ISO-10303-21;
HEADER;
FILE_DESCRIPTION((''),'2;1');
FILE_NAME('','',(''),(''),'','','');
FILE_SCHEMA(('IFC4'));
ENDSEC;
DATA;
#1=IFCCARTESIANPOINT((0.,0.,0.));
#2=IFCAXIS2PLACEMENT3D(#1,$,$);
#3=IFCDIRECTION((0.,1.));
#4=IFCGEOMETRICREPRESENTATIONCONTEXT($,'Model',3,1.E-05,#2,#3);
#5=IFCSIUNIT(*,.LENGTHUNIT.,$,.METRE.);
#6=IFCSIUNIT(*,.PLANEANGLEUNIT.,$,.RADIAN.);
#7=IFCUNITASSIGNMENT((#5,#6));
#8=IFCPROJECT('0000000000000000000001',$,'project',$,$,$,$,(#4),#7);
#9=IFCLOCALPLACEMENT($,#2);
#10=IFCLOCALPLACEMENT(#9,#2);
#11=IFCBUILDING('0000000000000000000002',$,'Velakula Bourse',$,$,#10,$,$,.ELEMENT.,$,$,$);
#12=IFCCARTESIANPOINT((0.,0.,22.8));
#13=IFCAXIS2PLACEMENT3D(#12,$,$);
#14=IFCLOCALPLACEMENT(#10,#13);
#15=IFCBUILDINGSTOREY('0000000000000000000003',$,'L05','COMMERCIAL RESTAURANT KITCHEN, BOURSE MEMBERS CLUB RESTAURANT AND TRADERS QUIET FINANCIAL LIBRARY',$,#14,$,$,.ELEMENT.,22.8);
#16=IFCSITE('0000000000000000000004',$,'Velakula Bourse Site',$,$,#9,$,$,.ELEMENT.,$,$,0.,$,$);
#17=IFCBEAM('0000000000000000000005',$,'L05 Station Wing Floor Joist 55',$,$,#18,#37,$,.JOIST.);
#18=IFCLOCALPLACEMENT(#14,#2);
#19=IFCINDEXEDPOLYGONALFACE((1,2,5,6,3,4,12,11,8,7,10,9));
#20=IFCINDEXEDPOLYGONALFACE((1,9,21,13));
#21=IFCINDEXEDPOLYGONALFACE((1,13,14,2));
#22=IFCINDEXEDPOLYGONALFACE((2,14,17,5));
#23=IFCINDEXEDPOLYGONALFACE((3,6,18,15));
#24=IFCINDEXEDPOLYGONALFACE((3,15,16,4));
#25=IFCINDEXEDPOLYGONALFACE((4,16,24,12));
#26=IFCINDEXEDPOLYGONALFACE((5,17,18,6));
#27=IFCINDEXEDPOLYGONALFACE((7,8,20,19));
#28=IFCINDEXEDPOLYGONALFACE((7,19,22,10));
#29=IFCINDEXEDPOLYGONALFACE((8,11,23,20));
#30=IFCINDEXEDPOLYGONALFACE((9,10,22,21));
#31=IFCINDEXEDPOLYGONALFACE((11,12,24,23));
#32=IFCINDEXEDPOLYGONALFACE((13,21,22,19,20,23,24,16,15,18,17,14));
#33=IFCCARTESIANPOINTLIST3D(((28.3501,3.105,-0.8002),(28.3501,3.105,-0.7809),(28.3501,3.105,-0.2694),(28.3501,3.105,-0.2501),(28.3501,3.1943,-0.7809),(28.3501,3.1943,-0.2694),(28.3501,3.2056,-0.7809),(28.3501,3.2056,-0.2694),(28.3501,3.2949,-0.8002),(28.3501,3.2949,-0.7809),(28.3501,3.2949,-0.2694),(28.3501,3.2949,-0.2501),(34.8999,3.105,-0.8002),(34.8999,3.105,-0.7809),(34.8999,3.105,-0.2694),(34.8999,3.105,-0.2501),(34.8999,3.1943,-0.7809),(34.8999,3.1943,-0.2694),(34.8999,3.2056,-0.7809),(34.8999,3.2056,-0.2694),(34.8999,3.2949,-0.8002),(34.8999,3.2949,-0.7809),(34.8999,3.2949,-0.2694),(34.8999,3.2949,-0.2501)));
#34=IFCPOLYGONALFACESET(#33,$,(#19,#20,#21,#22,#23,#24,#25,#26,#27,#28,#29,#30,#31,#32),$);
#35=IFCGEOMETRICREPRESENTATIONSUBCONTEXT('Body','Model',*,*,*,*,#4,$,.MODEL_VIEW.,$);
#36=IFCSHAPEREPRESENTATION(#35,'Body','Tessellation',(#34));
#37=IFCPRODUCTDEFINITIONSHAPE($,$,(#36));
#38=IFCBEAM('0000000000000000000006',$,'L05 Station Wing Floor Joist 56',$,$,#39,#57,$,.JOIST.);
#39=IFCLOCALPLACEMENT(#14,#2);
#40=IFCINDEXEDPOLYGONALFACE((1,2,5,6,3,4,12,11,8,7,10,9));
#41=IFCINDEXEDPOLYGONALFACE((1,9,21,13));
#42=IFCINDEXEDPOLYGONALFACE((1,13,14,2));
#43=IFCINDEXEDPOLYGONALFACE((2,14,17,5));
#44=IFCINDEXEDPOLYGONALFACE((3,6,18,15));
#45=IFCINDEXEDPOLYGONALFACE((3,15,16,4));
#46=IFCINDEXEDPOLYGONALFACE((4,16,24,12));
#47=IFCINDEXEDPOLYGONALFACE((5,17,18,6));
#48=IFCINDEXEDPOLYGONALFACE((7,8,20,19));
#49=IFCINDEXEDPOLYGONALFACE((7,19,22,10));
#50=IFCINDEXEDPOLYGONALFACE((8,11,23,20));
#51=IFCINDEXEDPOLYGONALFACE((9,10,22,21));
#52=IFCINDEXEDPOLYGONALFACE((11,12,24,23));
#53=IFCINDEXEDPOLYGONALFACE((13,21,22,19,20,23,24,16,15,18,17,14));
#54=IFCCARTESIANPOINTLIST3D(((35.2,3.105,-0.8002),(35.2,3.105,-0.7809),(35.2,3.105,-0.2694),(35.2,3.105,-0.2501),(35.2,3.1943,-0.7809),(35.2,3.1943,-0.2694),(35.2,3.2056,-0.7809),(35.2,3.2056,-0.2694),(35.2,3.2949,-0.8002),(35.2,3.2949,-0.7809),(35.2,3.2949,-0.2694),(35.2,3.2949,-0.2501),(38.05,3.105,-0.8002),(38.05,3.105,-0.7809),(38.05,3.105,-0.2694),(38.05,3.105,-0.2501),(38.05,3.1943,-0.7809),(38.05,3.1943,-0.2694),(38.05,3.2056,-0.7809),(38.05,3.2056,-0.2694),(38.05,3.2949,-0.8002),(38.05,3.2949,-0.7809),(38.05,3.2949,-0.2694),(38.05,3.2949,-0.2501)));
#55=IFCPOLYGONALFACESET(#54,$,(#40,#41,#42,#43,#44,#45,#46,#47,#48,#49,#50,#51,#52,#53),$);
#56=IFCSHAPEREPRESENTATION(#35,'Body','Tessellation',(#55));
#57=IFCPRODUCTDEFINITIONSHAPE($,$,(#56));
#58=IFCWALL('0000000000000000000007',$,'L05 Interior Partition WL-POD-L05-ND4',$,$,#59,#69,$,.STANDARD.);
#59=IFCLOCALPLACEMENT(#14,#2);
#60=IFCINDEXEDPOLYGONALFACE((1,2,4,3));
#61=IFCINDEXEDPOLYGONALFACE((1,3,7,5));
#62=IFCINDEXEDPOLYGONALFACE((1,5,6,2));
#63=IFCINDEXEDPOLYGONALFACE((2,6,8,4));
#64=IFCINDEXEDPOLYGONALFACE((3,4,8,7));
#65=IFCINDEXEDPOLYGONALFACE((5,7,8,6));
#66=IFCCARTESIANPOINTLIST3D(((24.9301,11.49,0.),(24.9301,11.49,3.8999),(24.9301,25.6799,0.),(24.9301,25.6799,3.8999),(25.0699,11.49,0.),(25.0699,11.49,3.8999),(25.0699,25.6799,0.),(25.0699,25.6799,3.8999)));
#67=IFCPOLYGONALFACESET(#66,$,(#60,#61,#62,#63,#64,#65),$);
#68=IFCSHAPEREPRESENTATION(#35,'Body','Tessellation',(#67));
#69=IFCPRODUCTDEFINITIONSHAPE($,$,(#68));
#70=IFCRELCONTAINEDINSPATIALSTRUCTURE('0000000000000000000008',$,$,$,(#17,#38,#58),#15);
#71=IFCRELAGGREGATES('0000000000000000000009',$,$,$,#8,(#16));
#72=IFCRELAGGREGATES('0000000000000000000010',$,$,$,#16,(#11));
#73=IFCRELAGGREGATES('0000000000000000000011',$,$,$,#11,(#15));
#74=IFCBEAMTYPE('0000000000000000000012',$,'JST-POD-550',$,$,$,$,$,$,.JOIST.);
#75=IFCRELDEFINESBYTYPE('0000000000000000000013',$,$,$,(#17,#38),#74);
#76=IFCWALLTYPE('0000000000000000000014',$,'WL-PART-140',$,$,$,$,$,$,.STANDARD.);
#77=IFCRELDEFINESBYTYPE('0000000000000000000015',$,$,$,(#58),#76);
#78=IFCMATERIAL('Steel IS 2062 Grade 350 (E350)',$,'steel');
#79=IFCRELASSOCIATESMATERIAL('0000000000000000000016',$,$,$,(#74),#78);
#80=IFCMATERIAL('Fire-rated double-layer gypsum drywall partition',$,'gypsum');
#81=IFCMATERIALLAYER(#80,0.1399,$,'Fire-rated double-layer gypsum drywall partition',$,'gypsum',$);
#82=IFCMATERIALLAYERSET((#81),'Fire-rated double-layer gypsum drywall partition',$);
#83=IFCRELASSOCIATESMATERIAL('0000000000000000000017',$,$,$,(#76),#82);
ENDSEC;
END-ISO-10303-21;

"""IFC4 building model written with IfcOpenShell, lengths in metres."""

from ifc_helpers import new_model, si_unit, direction, frame, frame_2d, origin, origin_2d, place, context, subcontext, project, spatial, rectangle, i_section, extrude, material, layer, layer_set, material_profile, profile_set, type_object, element, save


model = new_model("IFC4")

# Units and contexts
model_context = context("Model", 3, precision=1e-05, world=origin(), true_north=direction((0.0, 1.0)))
body_context = subcontext(model_context, "Body", "Model", "MODEL_VIEW")
ifc_project = project(units=[si_unit("LENGTHUNIT", "METRE"), si_unit("PLANEANGLEUNIT", "RADIAN")], contexts=[model_context])

# Site, building, storey
site_placement = place(None, origin())
site = spatial("IfcSite", under=ifc_project, at=site_placement, Name="Velakula Bourse Site", CompositionType="ELEMENT", RefElevation=0.0)
building_placement = place(site_placement, origin())
building = spatial("IfcBuilding", under=site, at=building_placement, Name="Velakula Bourse", CompositionType="ELEMENT")
storey_placement = place(building_placement, frame((0.0, 0.0, 22.8)))
storey = spatial("IfcBuildingStorey", under=building, at=storey_placement, Name="L05", Description="COMMERCIAL RESTAURANT KITCHEN, BOURSE MEMBERS CLUB RESTAURANT AND TRADERS QUIET FINANCIAL LIBRARY", CompositionType="ELEMENT", Elevation=22.8)

# Beams
ifc_material_1 = material(Name="Steel IS 2062 Grade 350 (E350)", Category="steel")
ifc_material_profile_1 = material_profile(ifc_material_1, i_section(OverallWidth=0.1899, OverallDepth=0.55, WebThickness=0.0112, FlangeThickness=0.0193, at=origin_2d()), Name="Steel IS 2062 Grade 350 (E350)")
ifc_profile_set_1 = profile_set([ifc_material_profile_1], Name="Steel IS 2062 Grade 350 (E350)")
beam_type_1 = type_object("IfcBeamType", Name="JST-POD-550", PredefinedType="JOIST", material=ifc_profile_set_1)
beam_1_placement = place(storey_placement, frame((28.3501, 3.2, -0.5251), z_axis=(1.0, 0.0, 0.0), x_axis=(0.0, 1.0, 0.0)))
element("IfcBeam", 1, at=beam_1_placement, inside=storey, type_object=beam_type_1, Name="L05 Station Wing Floor Joist 55", PredefinedType="JOIST", context=body_context, shape_type="SweptSolid", body=[
    extrude(i_section(OverallWidth=0.1899, OverallDepth=0.55, WebThickness=0.0112, FlangeThickness=0.0193, at=origin_2d()), origin(), (0.0, 0.0, 1.0), 6.5498),
])
beam_2_placement = place(storey_placement, frame((35.2, 3.2, -0.5251), z_axis=(1.0, 0.0, 0.0), x_axis=(0.0, 1.0, 0.0)))
element("IfcBeam", 2, at=beam_2_placement, inside=storey, type_object=beam_type_1, Name="L05 Station Wing Floor Joist 56", PredefinedType="JOIST", context=body_context, shape_type="SweptSolid", body=[
    extrude(i_section(OverallWidth=0.1899, OverallDepth=0.55, WebThickness=0.0112, FlangeThickness=0.0193, at=origin_2d()), origin(), (0.0, 0.0, 1.0), 2.8501),
])

# Wall
ifc_material_2 = material(Name="Fire-rated double-layer gypsum drywall partition", Category="gypsum")
ifc_layer = layer(ifc_material_2, 0.1399, Name="Fire-rated double-layer gypsum drywall partition", Category="gypsum")
ifc_layer_set = layer_set([ifc_layer], Name="Fire-rated double-layer gypsum drywall partition")
wall_type = type_object("IfcWallType", Name="WL-PART-140", PredefinedType="STANDARD", material=ifc_layer_set)
wall_placement = place(storey_placement, frame((25.0, 11.49, 0.0), z_axis=(0.0, 0.0, 1.0), x_axis=(0.0, 1.0, 0.0)))
element("IfcWall", 3, at=wall_placement, inside=storey, type_object=wall_type, Name="L05 Interior Partition WL-POD-L05-ND4", PredefinedType="STANDARD", context=body_context, shape_type="SweptSolid", body=[
    extrude(rectangle(XDim=14.1899, YDim=0.1399, at=frame_2d((7.095, 0.0))), origin(), (0.0, 0.0, 1.0), 3.8999),
])

save(model, "model.ifc")
